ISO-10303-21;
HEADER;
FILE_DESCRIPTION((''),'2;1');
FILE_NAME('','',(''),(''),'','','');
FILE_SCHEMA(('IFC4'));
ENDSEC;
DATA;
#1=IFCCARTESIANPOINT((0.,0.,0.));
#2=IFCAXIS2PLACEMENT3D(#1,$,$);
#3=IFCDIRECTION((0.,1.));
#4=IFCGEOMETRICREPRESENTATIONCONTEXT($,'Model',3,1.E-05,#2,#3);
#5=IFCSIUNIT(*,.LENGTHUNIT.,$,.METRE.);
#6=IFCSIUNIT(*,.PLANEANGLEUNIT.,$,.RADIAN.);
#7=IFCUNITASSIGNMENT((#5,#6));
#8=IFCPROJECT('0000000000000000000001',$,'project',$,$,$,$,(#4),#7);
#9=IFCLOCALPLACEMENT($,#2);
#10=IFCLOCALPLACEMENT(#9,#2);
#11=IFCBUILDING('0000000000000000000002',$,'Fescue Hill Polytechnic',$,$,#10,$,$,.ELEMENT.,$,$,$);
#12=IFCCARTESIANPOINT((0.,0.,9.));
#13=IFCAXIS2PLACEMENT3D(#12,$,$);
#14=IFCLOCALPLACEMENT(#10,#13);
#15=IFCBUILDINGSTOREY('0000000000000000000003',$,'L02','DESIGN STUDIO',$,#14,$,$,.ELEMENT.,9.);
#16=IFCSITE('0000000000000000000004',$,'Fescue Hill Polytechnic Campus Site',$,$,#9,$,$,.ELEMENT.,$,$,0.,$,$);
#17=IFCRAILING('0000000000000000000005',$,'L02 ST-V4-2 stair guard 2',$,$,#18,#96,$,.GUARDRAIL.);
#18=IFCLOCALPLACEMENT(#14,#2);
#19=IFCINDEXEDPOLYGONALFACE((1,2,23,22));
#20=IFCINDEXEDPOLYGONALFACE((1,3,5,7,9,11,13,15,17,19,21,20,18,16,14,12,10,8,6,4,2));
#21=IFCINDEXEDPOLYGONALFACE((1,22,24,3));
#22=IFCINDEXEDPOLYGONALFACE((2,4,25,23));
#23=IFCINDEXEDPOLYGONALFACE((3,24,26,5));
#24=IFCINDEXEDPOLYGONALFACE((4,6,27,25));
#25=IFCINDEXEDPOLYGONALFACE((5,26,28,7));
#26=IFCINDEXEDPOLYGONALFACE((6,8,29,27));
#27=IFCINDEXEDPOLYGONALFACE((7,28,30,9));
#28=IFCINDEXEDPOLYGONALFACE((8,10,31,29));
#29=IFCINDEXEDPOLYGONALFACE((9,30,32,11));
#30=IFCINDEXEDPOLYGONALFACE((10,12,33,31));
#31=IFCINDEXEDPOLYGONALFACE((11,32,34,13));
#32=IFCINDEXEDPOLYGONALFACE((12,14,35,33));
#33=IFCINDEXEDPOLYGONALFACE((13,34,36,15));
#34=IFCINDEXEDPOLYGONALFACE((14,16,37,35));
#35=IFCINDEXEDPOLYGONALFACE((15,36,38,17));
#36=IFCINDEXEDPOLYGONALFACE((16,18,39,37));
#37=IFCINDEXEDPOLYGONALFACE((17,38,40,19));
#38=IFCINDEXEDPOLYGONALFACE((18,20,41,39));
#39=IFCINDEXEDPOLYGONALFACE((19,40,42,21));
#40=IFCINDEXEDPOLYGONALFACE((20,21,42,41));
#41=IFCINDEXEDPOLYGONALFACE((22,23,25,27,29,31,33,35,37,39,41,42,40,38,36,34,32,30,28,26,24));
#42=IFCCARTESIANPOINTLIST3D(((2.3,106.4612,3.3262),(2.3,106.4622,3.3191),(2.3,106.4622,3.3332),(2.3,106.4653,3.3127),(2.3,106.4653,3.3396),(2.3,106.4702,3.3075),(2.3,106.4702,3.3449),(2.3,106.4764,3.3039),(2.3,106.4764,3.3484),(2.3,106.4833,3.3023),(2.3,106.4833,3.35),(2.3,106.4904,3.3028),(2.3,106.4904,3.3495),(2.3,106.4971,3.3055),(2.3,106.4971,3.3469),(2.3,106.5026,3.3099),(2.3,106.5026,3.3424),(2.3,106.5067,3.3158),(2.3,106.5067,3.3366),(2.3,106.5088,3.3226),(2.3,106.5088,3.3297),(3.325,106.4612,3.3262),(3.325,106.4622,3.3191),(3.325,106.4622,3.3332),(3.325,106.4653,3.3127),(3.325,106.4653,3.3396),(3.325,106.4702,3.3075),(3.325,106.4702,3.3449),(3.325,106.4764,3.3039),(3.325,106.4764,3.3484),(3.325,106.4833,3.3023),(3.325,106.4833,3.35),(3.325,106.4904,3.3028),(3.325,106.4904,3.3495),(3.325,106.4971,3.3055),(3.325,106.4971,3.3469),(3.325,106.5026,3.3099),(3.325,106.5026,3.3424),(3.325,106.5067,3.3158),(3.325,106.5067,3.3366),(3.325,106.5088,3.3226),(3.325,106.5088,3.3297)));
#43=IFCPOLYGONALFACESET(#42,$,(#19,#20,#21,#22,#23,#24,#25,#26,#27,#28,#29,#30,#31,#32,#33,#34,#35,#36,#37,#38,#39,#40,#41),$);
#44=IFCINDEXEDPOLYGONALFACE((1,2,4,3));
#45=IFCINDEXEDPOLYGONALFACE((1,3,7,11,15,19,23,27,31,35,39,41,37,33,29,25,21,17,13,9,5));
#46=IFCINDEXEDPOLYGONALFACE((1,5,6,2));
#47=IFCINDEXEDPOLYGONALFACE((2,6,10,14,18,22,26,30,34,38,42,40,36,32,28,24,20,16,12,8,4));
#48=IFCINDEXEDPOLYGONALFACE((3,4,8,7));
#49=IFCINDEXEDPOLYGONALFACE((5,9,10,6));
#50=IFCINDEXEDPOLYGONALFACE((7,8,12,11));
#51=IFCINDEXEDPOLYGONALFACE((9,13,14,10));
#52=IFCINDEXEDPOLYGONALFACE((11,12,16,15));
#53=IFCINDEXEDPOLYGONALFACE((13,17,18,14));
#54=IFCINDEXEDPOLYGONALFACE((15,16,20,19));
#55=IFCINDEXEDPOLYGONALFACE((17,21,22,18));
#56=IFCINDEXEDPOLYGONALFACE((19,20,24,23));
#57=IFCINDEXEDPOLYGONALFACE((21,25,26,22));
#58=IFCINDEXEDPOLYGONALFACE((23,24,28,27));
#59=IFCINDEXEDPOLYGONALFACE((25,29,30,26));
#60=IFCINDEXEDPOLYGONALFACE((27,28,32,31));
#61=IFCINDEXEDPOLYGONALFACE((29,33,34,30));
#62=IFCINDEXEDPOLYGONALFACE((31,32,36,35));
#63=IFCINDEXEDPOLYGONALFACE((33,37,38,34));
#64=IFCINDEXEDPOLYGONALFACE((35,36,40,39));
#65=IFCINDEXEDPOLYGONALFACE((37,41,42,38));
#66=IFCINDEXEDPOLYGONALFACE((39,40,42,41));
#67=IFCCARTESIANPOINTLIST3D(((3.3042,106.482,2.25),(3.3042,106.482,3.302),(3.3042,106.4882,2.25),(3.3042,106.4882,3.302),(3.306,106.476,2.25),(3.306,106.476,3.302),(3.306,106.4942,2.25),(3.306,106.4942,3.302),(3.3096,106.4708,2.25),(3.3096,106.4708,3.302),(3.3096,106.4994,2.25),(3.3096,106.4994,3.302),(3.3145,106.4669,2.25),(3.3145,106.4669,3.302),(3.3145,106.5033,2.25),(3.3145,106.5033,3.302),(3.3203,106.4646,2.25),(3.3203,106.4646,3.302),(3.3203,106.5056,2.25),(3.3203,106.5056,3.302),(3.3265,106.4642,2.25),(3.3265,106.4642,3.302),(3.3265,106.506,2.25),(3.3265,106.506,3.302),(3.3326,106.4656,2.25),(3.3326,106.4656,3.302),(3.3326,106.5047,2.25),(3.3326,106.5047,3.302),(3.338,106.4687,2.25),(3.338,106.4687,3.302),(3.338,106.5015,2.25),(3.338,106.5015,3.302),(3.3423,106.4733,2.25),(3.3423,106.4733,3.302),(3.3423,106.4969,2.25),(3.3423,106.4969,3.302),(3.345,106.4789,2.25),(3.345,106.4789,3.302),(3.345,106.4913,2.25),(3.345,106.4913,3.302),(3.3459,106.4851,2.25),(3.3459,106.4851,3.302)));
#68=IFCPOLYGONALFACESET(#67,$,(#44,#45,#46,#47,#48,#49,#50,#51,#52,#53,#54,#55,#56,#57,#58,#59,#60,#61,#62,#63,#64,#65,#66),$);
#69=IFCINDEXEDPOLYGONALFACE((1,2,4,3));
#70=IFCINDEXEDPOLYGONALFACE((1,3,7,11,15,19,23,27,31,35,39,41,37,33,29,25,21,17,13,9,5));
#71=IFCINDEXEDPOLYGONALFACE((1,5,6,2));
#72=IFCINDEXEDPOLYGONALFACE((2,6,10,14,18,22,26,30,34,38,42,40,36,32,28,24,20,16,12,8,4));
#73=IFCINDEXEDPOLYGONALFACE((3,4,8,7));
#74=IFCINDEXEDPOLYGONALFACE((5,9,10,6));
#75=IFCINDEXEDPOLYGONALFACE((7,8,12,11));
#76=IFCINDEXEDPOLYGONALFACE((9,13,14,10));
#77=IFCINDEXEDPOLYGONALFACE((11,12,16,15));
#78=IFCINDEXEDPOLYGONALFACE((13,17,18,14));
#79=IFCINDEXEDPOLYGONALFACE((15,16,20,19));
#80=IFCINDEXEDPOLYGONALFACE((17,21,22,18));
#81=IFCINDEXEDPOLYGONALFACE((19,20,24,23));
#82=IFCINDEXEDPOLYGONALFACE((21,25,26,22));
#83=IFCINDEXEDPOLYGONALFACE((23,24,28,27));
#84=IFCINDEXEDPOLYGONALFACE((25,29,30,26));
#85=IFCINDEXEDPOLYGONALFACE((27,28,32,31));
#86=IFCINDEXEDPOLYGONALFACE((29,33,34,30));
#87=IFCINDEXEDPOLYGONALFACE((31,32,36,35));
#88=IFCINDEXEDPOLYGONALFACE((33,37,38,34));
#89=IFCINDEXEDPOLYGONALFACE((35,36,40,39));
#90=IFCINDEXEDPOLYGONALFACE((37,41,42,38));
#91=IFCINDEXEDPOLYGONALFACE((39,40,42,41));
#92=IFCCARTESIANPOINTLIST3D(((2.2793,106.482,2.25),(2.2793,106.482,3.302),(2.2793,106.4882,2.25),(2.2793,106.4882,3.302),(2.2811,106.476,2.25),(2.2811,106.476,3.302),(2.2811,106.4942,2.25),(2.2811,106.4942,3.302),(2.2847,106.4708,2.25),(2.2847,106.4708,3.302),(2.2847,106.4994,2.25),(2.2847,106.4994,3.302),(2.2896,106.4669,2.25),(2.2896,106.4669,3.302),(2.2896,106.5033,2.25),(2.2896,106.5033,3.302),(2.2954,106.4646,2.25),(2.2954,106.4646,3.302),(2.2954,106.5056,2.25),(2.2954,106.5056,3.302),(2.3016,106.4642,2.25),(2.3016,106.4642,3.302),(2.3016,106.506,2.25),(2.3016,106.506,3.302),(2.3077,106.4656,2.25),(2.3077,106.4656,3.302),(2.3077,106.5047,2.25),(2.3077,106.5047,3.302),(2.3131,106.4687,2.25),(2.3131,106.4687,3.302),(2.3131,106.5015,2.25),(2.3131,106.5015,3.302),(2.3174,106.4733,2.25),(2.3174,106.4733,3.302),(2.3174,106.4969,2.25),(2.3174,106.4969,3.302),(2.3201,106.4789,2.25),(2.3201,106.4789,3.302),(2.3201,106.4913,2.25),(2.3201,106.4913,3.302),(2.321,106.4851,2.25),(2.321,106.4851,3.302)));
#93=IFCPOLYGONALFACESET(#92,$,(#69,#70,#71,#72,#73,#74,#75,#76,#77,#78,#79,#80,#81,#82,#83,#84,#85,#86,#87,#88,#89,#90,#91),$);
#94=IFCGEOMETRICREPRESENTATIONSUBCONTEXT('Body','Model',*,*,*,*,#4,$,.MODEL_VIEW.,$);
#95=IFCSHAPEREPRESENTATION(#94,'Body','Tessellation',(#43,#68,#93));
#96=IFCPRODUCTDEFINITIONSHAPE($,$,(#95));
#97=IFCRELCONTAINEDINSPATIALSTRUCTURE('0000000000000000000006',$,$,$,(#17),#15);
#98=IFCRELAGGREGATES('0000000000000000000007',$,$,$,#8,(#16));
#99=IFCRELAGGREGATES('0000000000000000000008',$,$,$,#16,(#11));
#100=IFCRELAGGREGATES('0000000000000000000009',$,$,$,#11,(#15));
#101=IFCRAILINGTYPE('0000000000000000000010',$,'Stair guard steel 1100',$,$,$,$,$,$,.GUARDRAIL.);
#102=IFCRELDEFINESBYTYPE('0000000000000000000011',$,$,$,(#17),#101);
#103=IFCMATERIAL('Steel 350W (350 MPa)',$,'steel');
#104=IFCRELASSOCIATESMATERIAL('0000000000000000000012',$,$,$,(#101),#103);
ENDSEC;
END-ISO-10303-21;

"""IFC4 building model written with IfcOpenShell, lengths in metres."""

from ifc_helpers import new_model, si_unit, direction, frame, origin, origin_2d, place, context, subcontext, project, spatial, circle, extrude, material, type_object, element, save


model = new_model("IFC4")

# Units and contexts
model_context = context("Model", 3, precision=1e-05, world=origin(), true_north=direction((0.0, 1.0)))
body_context = subcontext(model_context, "Body", "Model", "MODEL_VIEW")
ifc_project = project(units=[si_unit("LENGTHUNIT", "METRE"), si_unit("PLANEANGLEUNIT", "RADIAN")], contexts=[model_context])

# Site, building, storey
site_placement = place(None, origin())
site = spatial("IfcSite", under=ifc_project, at=site_placement, Name="Fescue Hill Polytechnic Campus Site", CompositionType="ELEMENT", RefElevation=0.0)
building_placement = place(site_placement, origin())
building = spatial("IfcBuilding", under=site, at=building_placement, Name="Fescue Hill Polytechnic", CompositionType="ELEMENT")
storey_placement = place(building_placement, frame((0.0, 0.0, 9.0)))
storey = spatial("IfcBuildingStorey", under=building, at=storey_placement, Name="L02", Description="DESIGN STUDIO", CompositionType="ELEMENT", Elevation=9.0)

# Railing
ifc_material_1 = material(Name="Steel 350W (350 MPa)", Category="steel")
railing_type_1 = type_object("IfcRailingType", Name="Stair guard steel 1100", PredefinedType="GUARDRAIL", material=ifc_material_1)
railing_1_placement = place(storey_placement, frame((3.325, 106.4851, 2.25)))
element("IfcRailing", 1, at=railing_1_placement, inside=storey, type_object=railing_type_1, Name="L02 ST-V4-2 stair guard 2", PredefinedType="GUARDRAIL", context=body_context, shape_type="SweptSolid", body=[
    extrude(circle(Radius=0.0239, at=origin_2d()), frame((0.0, 0.0, 1.0762), z_axis=(-1.0, 0.0, 0.0), x_axis=(0.0, -1.0, 0.0)), (0.0, 0.0, 1.0), 1.0249),
    extrude(circle(Radius=0.021, at=origin_2d()), origin(), (0.0, 0.0, 1.0), 1.052),
    extrude(circle(Radius=0.021, at=origin_2d()), frame((-1.0249, 0.0, 0.0)), (0.0, 0.0, 1.0), 1.052),
])

save(model, "model.ifc")
